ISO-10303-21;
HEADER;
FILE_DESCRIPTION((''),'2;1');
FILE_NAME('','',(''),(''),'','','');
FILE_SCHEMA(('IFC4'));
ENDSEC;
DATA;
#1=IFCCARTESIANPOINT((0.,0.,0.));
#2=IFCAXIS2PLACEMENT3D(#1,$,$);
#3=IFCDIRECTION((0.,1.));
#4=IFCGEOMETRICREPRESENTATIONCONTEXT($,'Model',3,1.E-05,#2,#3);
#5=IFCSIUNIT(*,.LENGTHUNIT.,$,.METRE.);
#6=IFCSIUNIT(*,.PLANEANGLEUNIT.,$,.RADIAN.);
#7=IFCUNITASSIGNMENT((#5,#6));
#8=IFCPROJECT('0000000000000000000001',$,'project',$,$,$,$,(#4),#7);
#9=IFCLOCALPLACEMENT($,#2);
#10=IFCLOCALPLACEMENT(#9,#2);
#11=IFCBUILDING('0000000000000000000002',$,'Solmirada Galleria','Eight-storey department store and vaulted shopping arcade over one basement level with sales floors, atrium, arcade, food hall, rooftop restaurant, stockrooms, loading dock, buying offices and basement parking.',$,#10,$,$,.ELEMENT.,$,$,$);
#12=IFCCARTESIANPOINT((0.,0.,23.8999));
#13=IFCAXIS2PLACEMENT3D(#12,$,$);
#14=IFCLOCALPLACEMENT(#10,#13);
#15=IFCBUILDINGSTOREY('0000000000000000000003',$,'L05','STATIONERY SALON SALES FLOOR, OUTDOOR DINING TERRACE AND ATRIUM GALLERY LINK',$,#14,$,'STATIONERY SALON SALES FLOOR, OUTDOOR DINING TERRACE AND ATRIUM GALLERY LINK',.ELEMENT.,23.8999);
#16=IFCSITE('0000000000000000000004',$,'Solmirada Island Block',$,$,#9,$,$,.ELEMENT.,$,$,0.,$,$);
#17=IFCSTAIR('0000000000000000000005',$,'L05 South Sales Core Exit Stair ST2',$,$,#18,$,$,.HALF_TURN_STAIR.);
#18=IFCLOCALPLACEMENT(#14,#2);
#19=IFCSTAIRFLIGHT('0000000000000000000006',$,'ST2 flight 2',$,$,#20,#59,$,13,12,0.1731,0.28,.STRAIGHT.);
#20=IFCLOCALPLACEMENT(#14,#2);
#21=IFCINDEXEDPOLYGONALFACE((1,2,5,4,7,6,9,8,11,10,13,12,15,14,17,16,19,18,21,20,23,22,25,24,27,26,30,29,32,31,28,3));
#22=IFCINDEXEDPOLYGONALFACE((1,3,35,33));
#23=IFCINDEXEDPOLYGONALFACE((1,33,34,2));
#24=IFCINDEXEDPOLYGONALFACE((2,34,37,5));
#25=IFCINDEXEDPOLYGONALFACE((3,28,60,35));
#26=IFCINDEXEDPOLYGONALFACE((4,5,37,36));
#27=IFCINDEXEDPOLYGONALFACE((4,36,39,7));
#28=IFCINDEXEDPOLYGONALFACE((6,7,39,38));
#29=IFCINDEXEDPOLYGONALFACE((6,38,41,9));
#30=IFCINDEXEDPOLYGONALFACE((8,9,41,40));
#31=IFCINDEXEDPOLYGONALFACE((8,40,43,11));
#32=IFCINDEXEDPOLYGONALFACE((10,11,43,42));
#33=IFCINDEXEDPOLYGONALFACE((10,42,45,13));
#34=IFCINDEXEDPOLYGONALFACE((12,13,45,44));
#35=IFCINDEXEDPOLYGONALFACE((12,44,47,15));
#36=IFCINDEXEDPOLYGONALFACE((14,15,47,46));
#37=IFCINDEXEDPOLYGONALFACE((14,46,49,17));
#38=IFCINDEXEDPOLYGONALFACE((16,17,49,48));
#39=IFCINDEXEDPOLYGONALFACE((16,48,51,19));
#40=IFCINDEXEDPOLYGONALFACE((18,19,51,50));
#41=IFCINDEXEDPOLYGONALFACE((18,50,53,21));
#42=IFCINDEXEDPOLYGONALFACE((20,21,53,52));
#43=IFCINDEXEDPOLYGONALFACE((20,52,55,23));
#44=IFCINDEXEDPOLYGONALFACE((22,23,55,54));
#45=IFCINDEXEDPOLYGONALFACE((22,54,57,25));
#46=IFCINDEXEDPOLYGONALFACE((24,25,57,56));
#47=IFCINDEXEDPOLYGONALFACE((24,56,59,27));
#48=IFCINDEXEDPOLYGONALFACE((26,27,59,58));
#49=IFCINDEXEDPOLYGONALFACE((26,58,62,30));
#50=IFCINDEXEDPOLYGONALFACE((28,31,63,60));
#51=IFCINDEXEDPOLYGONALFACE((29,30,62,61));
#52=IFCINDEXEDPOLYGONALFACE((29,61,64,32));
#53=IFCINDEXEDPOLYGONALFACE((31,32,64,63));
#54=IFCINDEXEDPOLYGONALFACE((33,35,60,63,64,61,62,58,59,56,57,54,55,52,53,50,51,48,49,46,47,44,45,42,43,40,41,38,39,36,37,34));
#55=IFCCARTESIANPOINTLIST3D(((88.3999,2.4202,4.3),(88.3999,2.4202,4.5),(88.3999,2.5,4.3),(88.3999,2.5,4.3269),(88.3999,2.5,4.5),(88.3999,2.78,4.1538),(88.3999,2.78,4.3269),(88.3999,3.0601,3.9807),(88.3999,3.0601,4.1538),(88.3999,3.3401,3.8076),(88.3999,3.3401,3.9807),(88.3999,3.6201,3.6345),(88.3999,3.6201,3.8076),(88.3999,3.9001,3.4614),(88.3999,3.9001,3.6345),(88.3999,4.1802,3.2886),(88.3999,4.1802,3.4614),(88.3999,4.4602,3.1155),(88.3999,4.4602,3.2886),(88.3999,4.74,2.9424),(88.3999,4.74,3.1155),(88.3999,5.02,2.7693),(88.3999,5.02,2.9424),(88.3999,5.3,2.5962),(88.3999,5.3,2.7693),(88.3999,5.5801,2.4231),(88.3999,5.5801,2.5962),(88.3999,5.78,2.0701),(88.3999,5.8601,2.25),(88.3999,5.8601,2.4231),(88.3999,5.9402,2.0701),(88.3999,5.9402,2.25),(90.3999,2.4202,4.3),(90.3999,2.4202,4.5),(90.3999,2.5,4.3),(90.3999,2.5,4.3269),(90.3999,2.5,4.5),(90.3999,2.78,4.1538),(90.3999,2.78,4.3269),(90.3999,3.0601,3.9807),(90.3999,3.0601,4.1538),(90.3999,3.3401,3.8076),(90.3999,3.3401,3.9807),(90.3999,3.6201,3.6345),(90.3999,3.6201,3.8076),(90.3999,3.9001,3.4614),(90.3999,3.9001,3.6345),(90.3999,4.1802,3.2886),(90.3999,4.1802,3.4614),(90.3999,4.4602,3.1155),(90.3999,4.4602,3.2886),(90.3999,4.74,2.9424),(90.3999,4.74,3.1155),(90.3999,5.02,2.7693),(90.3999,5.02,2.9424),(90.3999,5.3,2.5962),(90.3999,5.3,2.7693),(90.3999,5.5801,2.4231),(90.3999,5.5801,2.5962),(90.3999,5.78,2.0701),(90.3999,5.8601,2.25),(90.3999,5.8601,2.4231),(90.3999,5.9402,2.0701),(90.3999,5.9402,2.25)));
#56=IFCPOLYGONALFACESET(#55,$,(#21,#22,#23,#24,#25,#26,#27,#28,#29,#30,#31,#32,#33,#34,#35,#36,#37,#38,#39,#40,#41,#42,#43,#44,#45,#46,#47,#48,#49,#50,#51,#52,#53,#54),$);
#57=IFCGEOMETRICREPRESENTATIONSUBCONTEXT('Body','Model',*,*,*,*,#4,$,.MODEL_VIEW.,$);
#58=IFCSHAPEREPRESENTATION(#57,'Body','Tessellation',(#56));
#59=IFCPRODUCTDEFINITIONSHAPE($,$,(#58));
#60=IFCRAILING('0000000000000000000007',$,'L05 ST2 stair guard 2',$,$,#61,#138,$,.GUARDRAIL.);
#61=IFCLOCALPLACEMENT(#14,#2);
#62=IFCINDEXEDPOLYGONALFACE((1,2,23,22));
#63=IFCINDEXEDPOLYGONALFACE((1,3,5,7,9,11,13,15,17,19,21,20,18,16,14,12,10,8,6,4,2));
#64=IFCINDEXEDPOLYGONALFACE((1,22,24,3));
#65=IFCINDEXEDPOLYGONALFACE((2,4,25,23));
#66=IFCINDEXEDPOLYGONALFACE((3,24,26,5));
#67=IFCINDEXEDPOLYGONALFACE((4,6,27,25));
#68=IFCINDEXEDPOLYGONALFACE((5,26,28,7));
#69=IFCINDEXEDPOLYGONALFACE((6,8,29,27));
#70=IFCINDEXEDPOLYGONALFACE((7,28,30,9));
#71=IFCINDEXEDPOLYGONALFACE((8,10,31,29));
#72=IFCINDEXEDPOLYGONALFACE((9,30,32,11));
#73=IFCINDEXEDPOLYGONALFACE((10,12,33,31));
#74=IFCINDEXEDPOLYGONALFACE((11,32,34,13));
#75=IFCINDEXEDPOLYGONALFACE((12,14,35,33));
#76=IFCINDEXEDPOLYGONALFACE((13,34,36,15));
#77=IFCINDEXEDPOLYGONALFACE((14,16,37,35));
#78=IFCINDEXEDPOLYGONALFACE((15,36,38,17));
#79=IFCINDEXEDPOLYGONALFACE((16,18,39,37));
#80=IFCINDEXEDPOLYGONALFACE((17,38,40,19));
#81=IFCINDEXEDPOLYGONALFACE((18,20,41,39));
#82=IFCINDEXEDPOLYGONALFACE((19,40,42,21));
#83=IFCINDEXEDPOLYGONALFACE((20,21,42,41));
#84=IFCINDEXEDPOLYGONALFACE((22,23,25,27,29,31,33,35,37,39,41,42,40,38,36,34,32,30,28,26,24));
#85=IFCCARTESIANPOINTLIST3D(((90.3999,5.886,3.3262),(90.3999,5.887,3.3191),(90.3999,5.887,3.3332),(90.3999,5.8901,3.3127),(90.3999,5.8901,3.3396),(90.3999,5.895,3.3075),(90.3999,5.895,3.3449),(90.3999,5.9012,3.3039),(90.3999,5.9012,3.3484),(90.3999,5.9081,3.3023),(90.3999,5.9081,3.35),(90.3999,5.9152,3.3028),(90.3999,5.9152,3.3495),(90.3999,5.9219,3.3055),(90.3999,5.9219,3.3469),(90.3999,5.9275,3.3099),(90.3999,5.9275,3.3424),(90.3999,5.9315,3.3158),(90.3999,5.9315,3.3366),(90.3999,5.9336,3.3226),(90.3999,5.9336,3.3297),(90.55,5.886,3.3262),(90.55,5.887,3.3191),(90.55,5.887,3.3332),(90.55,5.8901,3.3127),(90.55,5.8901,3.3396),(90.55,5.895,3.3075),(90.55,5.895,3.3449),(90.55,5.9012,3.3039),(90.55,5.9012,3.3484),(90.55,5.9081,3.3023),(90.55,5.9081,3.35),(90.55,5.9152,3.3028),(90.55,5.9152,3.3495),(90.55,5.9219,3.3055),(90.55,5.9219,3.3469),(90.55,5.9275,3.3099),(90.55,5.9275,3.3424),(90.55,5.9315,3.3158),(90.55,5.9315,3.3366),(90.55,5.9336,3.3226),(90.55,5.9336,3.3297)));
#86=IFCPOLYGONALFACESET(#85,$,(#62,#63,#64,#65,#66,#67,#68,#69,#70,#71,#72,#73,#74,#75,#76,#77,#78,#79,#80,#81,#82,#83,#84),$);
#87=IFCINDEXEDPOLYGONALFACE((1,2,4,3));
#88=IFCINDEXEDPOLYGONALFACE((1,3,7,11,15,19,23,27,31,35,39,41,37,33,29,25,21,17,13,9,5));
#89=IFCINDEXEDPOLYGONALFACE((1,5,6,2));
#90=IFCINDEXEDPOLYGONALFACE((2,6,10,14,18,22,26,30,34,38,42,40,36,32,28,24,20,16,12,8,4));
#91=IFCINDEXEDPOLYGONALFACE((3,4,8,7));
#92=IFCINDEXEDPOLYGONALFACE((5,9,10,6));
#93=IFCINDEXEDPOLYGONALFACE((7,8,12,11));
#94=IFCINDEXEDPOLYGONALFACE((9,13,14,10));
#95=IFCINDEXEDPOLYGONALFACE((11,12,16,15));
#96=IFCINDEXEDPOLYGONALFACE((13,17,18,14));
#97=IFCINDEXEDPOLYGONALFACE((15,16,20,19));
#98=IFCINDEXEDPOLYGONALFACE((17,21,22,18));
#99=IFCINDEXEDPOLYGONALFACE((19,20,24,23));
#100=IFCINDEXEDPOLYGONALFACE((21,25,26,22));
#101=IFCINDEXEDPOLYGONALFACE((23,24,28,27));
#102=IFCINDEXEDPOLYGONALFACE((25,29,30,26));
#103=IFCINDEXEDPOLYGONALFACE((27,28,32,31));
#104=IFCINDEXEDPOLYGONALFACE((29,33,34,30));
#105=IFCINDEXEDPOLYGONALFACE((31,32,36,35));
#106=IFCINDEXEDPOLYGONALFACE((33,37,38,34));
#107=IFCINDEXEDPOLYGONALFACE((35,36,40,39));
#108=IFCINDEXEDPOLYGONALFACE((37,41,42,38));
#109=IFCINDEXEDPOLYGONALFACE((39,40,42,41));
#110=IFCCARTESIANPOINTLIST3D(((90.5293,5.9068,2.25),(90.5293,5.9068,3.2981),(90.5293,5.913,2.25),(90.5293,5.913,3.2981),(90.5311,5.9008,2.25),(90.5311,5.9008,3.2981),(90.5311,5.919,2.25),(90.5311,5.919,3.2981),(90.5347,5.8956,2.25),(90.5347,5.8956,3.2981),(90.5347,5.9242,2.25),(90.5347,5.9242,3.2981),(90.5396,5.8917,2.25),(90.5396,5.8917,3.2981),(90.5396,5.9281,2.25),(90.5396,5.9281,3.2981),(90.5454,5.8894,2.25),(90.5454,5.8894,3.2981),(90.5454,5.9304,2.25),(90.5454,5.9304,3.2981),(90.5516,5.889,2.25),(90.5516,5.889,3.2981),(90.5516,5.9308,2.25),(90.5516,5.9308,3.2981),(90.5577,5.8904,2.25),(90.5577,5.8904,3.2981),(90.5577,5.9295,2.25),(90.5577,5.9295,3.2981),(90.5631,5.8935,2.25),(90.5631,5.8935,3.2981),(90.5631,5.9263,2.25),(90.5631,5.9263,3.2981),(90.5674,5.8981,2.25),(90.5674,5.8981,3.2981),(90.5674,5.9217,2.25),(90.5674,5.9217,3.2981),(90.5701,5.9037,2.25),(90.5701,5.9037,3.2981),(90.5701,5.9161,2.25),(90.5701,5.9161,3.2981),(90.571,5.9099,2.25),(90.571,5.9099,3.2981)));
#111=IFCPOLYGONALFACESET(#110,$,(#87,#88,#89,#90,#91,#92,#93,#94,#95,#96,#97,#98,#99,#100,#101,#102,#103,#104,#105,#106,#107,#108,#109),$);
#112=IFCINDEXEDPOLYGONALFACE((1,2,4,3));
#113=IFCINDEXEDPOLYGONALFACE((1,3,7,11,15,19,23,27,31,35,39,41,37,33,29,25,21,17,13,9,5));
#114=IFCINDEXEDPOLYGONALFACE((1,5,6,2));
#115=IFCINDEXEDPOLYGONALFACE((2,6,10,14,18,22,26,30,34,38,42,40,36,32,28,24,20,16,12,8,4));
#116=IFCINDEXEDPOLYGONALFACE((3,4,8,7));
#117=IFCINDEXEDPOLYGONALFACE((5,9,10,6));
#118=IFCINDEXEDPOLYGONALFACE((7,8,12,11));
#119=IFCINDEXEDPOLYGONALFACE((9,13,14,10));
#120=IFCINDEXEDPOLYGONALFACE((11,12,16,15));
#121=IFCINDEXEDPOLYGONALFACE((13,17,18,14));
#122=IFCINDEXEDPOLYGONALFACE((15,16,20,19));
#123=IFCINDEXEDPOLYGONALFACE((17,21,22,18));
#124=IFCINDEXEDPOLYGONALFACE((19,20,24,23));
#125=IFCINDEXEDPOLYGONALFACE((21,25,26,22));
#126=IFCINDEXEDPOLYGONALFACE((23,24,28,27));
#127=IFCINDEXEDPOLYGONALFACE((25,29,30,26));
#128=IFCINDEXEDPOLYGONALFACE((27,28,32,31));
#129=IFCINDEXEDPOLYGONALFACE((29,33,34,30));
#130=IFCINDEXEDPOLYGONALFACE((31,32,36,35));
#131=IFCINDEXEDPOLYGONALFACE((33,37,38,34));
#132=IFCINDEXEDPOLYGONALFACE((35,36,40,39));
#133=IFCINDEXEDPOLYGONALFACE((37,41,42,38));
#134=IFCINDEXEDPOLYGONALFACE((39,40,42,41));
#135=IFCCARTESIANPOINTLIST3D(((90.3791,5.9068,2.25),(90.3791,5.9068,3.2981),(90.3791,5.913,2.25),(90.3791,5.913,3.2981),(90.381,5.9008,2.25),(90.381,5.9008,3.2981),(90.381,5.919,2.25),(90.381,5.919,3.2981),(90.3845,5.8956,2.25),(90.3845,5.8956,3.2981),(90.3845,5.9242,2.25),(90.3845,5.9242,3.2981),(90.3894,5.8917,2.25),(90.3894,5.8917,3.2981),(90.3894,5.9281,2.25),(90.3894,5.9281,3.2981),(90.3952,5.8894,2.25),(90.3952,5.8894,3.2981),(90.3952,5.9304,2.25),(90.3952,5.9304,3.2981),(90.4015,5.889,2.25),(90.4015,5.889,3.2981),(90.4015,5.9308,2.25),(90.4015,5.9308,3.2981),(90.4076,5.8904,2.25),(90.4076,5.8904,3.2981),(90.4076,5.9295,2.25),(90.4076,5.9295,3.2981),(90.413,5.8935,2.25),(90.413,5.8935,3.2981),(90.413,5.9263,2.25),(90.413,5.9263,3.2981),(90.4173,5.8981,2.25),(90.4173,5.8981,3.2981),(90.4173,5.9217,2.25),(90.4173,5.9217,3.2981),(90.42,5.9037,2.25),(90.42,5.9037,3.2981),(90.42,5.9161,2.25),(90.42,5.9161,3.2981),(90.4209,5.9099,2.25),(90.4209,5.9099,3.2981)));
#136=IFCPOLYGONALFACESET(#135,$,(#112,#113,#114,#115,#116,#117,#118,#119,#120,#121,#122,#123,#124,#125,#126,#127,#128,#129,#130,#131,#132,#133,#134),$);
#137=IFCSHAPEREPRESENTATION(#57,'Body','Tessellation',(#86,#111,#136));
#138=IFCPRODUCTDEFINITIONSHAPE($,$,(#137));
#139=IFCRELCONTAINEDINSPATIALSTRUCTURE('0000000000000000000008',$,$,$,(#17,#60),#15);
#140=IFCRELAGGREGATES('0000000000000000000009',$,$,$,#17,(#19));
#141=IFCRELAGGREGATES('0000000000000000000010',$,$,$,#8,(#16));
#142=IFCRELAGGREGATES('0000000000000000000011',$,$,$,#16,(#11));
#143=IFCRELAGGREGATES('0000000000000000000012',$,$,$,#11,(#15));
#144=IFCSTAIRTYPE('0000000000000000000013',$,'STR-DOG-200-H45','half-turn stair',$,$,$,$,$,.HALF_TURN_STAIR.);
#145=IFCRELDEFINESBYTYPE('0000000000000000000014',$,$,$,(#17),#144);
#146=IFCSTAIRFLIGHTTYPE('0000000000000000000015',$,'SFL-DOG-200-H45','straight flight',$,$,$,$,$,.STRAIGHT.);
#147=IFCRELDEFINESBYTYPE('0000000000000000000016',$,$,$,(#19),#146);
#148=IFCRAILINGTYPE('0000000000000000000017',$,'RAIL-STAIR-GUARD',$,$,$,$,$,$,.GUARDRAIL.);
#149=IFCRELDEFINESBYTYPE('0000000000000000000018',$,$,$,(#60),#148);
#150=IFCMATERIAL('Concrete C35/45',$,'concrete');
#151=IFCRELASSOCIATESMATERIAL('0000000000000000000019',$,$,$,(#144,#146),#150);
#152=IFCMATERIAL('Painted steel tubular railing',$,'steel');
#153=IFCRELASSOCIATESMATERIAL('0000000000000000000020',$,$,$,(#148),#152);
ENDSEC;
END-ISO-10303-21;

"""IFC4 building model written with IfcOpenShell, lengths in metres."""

from ifc_helpers import new_model, si_unit, direction, frame, origin, origin_2d, place, context, subcontext, project, spatial, polyline, circle, outline, extrude, material, type_object, element, aggregate, save


model = new_model("IFC4")

# Units and contexts
model_context = context("Model", 3, precision=1e-05, world=origin(), true_north=direction((0.0, 1.0)))
body_context = subcontext(model_context, "Body", "Model", "MODEL_VIEW")
ifc_project = project(units=[si_unit("LENGTHUNIT", "METRE"), si_unit("PLANEANGLEUNIT", "RADIAN")], contexts=[model_context])

# Site, building, storey
site_placement = place(None, origin())
site = spatial("IfcSite", under=ifc_project, at=site_placement, Name="Solmirada Island Block", CompositionType="ELEMENT", RefElevation=0.0)
building_placement = place(site_placement, origin())
building = spatial("IfcBuilding", under=site, at=building_placement, Name="Solmirada Galleria", Description="Eight-storey department store and vaulted shopping arcade over one basement level with sales floors, atrium, arcade, food hall, rooftop restaurant, stockrooms, loading dock, buying offices and basement parking.", CompositionType="ELEMENT")
storey_placement = place(building_placement, frame((0.0, 0.0, 23.8999)))
storey = spatial("IfcBuildingStorey", under=building, at=storey_placement, Name="L05", Description="STATIONERY SALON SALES FLOOR, OUTDOOR DINING TERRACE AND ATRIUM GALLERY LINK", LongName="STATIONERY SALON SALES FLOOR, OUTDOOR DINING TERRACE AND ATRIUM GALLERY LINK", CompositionType="ELEMENT", Elevation=23.8999)

# Stair, stair flight
ifc_material_1 = material(Name="Concrete C35/45", Category="concrete")
stair_type = type_object("IfcStairType", Name="STR-DOG-200-H45", Description="half-turn stair", PredefinedType="HALF_TURN_STAIR", material=ifc_material_1)
stair_placement = place(storey_placement, origin())
stair = element("IfcStair", 1, at=stair_placement, inside=storey, type_object=stair_type, Name="L05 South Sales Core Exit Stair ST2", PredefinedType="HALF_TURN_STAIR")
stair_flight_type = type_object("IfcStairFlightType", Name="SFL-DOG-200-H45", Description="straight flight", PredefinedType="STRAIGHT", material=ifc_material_1)
stair_flight_placement = place(storey_placement, frame((89.3999, 5.8601, 2.25), z_axis=(0.0, 0.0, 1.0), x_axis=(0.0, -1.0, 0.0)))
stair_flight = element("IfcStairFlight", 2, at=stair_flight_placement, type_object=stair_flight_type, Name="ST2 flight 2", NumberOfRisers=13, NumberOfTreads=12, PredefinedType="STRAIGHT", RiserHeight=0.1731, TreadLength=0.28, context=body_context, shape_type="SweptSolid", body=[
    extrude(outline(polyline([(-0.0801, 0.0), (0.0, 0.0), (0.0, 0.1731), (0.28, 0.1731), (0.28, 0.3462), (0.5601, 0.3462), (0.5601, 0.5193), (0.8401, 0.5193), (0.8401, 0.6924), (1.1201, 0.6924), (1.1201, 0.8655), (1.3999, 0.8655), (1.3999, 1.0386), (1.6799, 1.0386), (1.6799, 1.2114), (1.96, 1.2114), (1.96, 1.3845), (2.24, 1.3845), (2.24, 1.5576), (2.52, 1.5576), (2.52, 1.7307), (2.8, 1.7307), (2.8, 1.9038), (3.0801, 1.9038), (3.0801, 2.0769), (3.3601, 2.0769), (3.3601, 2.25), (3.4399, 2.25), (3.4399, 2.05), (3.3601, 2.05), (0.0801, -0.1799), (-0.0801, -0.1799), (-0.0801, 0.0)])), frame((0.0, 1.0, 0.0), z_axis=(0.0, -1.0, 0.0), x_axis=(1.0, 0.0, 0.0)), (0.0, 0.0, 1.0), 2.0),
])
aggregate(stair, [stair_flight])

# Railing
ifc_material_2 = material(Name="Painted steel tubular railing", Category="steel")
railing_type_1 = type_object("IfcRailingType", Name="RAIL-STAIR-GUARD", PredefinedType="GUARDRAIL", material=ifc_material_2)
railing_1_placement = place(storey_placement, frame((90.55, 5.9099, 2.25)))
element("IfcRailing", 3, at=railing_1_placement, inside=storey, type_object=railing_type_1, Name="L05 ST2 stair guard 2", PredefinedType="GUARDRAIL", context=body_context, shape_type="SweptSolid", body=[
    extrude(circle(Radius=0.0239, at=origin_2d()), frame((0.0, 0.0, 1.0762), z_axis=(-1.0, 0.0, 0.0), x_axis=(0.0, -1.0, 0.0)), (0.0, 0.0, 1.0), 0.1501),
    extrude(circle(Radius=0.021, at=origin_2d()), origin(), (0.0, 0.0, 1.0), 1.0481),
    extrude(circle(Radius=0.021, at=origin_2d()), frame((-0.1501, 0.0, 0.0)), (0.0, 0.0, 1.0), 1.0481),
])

save(model, "model.ifc")
